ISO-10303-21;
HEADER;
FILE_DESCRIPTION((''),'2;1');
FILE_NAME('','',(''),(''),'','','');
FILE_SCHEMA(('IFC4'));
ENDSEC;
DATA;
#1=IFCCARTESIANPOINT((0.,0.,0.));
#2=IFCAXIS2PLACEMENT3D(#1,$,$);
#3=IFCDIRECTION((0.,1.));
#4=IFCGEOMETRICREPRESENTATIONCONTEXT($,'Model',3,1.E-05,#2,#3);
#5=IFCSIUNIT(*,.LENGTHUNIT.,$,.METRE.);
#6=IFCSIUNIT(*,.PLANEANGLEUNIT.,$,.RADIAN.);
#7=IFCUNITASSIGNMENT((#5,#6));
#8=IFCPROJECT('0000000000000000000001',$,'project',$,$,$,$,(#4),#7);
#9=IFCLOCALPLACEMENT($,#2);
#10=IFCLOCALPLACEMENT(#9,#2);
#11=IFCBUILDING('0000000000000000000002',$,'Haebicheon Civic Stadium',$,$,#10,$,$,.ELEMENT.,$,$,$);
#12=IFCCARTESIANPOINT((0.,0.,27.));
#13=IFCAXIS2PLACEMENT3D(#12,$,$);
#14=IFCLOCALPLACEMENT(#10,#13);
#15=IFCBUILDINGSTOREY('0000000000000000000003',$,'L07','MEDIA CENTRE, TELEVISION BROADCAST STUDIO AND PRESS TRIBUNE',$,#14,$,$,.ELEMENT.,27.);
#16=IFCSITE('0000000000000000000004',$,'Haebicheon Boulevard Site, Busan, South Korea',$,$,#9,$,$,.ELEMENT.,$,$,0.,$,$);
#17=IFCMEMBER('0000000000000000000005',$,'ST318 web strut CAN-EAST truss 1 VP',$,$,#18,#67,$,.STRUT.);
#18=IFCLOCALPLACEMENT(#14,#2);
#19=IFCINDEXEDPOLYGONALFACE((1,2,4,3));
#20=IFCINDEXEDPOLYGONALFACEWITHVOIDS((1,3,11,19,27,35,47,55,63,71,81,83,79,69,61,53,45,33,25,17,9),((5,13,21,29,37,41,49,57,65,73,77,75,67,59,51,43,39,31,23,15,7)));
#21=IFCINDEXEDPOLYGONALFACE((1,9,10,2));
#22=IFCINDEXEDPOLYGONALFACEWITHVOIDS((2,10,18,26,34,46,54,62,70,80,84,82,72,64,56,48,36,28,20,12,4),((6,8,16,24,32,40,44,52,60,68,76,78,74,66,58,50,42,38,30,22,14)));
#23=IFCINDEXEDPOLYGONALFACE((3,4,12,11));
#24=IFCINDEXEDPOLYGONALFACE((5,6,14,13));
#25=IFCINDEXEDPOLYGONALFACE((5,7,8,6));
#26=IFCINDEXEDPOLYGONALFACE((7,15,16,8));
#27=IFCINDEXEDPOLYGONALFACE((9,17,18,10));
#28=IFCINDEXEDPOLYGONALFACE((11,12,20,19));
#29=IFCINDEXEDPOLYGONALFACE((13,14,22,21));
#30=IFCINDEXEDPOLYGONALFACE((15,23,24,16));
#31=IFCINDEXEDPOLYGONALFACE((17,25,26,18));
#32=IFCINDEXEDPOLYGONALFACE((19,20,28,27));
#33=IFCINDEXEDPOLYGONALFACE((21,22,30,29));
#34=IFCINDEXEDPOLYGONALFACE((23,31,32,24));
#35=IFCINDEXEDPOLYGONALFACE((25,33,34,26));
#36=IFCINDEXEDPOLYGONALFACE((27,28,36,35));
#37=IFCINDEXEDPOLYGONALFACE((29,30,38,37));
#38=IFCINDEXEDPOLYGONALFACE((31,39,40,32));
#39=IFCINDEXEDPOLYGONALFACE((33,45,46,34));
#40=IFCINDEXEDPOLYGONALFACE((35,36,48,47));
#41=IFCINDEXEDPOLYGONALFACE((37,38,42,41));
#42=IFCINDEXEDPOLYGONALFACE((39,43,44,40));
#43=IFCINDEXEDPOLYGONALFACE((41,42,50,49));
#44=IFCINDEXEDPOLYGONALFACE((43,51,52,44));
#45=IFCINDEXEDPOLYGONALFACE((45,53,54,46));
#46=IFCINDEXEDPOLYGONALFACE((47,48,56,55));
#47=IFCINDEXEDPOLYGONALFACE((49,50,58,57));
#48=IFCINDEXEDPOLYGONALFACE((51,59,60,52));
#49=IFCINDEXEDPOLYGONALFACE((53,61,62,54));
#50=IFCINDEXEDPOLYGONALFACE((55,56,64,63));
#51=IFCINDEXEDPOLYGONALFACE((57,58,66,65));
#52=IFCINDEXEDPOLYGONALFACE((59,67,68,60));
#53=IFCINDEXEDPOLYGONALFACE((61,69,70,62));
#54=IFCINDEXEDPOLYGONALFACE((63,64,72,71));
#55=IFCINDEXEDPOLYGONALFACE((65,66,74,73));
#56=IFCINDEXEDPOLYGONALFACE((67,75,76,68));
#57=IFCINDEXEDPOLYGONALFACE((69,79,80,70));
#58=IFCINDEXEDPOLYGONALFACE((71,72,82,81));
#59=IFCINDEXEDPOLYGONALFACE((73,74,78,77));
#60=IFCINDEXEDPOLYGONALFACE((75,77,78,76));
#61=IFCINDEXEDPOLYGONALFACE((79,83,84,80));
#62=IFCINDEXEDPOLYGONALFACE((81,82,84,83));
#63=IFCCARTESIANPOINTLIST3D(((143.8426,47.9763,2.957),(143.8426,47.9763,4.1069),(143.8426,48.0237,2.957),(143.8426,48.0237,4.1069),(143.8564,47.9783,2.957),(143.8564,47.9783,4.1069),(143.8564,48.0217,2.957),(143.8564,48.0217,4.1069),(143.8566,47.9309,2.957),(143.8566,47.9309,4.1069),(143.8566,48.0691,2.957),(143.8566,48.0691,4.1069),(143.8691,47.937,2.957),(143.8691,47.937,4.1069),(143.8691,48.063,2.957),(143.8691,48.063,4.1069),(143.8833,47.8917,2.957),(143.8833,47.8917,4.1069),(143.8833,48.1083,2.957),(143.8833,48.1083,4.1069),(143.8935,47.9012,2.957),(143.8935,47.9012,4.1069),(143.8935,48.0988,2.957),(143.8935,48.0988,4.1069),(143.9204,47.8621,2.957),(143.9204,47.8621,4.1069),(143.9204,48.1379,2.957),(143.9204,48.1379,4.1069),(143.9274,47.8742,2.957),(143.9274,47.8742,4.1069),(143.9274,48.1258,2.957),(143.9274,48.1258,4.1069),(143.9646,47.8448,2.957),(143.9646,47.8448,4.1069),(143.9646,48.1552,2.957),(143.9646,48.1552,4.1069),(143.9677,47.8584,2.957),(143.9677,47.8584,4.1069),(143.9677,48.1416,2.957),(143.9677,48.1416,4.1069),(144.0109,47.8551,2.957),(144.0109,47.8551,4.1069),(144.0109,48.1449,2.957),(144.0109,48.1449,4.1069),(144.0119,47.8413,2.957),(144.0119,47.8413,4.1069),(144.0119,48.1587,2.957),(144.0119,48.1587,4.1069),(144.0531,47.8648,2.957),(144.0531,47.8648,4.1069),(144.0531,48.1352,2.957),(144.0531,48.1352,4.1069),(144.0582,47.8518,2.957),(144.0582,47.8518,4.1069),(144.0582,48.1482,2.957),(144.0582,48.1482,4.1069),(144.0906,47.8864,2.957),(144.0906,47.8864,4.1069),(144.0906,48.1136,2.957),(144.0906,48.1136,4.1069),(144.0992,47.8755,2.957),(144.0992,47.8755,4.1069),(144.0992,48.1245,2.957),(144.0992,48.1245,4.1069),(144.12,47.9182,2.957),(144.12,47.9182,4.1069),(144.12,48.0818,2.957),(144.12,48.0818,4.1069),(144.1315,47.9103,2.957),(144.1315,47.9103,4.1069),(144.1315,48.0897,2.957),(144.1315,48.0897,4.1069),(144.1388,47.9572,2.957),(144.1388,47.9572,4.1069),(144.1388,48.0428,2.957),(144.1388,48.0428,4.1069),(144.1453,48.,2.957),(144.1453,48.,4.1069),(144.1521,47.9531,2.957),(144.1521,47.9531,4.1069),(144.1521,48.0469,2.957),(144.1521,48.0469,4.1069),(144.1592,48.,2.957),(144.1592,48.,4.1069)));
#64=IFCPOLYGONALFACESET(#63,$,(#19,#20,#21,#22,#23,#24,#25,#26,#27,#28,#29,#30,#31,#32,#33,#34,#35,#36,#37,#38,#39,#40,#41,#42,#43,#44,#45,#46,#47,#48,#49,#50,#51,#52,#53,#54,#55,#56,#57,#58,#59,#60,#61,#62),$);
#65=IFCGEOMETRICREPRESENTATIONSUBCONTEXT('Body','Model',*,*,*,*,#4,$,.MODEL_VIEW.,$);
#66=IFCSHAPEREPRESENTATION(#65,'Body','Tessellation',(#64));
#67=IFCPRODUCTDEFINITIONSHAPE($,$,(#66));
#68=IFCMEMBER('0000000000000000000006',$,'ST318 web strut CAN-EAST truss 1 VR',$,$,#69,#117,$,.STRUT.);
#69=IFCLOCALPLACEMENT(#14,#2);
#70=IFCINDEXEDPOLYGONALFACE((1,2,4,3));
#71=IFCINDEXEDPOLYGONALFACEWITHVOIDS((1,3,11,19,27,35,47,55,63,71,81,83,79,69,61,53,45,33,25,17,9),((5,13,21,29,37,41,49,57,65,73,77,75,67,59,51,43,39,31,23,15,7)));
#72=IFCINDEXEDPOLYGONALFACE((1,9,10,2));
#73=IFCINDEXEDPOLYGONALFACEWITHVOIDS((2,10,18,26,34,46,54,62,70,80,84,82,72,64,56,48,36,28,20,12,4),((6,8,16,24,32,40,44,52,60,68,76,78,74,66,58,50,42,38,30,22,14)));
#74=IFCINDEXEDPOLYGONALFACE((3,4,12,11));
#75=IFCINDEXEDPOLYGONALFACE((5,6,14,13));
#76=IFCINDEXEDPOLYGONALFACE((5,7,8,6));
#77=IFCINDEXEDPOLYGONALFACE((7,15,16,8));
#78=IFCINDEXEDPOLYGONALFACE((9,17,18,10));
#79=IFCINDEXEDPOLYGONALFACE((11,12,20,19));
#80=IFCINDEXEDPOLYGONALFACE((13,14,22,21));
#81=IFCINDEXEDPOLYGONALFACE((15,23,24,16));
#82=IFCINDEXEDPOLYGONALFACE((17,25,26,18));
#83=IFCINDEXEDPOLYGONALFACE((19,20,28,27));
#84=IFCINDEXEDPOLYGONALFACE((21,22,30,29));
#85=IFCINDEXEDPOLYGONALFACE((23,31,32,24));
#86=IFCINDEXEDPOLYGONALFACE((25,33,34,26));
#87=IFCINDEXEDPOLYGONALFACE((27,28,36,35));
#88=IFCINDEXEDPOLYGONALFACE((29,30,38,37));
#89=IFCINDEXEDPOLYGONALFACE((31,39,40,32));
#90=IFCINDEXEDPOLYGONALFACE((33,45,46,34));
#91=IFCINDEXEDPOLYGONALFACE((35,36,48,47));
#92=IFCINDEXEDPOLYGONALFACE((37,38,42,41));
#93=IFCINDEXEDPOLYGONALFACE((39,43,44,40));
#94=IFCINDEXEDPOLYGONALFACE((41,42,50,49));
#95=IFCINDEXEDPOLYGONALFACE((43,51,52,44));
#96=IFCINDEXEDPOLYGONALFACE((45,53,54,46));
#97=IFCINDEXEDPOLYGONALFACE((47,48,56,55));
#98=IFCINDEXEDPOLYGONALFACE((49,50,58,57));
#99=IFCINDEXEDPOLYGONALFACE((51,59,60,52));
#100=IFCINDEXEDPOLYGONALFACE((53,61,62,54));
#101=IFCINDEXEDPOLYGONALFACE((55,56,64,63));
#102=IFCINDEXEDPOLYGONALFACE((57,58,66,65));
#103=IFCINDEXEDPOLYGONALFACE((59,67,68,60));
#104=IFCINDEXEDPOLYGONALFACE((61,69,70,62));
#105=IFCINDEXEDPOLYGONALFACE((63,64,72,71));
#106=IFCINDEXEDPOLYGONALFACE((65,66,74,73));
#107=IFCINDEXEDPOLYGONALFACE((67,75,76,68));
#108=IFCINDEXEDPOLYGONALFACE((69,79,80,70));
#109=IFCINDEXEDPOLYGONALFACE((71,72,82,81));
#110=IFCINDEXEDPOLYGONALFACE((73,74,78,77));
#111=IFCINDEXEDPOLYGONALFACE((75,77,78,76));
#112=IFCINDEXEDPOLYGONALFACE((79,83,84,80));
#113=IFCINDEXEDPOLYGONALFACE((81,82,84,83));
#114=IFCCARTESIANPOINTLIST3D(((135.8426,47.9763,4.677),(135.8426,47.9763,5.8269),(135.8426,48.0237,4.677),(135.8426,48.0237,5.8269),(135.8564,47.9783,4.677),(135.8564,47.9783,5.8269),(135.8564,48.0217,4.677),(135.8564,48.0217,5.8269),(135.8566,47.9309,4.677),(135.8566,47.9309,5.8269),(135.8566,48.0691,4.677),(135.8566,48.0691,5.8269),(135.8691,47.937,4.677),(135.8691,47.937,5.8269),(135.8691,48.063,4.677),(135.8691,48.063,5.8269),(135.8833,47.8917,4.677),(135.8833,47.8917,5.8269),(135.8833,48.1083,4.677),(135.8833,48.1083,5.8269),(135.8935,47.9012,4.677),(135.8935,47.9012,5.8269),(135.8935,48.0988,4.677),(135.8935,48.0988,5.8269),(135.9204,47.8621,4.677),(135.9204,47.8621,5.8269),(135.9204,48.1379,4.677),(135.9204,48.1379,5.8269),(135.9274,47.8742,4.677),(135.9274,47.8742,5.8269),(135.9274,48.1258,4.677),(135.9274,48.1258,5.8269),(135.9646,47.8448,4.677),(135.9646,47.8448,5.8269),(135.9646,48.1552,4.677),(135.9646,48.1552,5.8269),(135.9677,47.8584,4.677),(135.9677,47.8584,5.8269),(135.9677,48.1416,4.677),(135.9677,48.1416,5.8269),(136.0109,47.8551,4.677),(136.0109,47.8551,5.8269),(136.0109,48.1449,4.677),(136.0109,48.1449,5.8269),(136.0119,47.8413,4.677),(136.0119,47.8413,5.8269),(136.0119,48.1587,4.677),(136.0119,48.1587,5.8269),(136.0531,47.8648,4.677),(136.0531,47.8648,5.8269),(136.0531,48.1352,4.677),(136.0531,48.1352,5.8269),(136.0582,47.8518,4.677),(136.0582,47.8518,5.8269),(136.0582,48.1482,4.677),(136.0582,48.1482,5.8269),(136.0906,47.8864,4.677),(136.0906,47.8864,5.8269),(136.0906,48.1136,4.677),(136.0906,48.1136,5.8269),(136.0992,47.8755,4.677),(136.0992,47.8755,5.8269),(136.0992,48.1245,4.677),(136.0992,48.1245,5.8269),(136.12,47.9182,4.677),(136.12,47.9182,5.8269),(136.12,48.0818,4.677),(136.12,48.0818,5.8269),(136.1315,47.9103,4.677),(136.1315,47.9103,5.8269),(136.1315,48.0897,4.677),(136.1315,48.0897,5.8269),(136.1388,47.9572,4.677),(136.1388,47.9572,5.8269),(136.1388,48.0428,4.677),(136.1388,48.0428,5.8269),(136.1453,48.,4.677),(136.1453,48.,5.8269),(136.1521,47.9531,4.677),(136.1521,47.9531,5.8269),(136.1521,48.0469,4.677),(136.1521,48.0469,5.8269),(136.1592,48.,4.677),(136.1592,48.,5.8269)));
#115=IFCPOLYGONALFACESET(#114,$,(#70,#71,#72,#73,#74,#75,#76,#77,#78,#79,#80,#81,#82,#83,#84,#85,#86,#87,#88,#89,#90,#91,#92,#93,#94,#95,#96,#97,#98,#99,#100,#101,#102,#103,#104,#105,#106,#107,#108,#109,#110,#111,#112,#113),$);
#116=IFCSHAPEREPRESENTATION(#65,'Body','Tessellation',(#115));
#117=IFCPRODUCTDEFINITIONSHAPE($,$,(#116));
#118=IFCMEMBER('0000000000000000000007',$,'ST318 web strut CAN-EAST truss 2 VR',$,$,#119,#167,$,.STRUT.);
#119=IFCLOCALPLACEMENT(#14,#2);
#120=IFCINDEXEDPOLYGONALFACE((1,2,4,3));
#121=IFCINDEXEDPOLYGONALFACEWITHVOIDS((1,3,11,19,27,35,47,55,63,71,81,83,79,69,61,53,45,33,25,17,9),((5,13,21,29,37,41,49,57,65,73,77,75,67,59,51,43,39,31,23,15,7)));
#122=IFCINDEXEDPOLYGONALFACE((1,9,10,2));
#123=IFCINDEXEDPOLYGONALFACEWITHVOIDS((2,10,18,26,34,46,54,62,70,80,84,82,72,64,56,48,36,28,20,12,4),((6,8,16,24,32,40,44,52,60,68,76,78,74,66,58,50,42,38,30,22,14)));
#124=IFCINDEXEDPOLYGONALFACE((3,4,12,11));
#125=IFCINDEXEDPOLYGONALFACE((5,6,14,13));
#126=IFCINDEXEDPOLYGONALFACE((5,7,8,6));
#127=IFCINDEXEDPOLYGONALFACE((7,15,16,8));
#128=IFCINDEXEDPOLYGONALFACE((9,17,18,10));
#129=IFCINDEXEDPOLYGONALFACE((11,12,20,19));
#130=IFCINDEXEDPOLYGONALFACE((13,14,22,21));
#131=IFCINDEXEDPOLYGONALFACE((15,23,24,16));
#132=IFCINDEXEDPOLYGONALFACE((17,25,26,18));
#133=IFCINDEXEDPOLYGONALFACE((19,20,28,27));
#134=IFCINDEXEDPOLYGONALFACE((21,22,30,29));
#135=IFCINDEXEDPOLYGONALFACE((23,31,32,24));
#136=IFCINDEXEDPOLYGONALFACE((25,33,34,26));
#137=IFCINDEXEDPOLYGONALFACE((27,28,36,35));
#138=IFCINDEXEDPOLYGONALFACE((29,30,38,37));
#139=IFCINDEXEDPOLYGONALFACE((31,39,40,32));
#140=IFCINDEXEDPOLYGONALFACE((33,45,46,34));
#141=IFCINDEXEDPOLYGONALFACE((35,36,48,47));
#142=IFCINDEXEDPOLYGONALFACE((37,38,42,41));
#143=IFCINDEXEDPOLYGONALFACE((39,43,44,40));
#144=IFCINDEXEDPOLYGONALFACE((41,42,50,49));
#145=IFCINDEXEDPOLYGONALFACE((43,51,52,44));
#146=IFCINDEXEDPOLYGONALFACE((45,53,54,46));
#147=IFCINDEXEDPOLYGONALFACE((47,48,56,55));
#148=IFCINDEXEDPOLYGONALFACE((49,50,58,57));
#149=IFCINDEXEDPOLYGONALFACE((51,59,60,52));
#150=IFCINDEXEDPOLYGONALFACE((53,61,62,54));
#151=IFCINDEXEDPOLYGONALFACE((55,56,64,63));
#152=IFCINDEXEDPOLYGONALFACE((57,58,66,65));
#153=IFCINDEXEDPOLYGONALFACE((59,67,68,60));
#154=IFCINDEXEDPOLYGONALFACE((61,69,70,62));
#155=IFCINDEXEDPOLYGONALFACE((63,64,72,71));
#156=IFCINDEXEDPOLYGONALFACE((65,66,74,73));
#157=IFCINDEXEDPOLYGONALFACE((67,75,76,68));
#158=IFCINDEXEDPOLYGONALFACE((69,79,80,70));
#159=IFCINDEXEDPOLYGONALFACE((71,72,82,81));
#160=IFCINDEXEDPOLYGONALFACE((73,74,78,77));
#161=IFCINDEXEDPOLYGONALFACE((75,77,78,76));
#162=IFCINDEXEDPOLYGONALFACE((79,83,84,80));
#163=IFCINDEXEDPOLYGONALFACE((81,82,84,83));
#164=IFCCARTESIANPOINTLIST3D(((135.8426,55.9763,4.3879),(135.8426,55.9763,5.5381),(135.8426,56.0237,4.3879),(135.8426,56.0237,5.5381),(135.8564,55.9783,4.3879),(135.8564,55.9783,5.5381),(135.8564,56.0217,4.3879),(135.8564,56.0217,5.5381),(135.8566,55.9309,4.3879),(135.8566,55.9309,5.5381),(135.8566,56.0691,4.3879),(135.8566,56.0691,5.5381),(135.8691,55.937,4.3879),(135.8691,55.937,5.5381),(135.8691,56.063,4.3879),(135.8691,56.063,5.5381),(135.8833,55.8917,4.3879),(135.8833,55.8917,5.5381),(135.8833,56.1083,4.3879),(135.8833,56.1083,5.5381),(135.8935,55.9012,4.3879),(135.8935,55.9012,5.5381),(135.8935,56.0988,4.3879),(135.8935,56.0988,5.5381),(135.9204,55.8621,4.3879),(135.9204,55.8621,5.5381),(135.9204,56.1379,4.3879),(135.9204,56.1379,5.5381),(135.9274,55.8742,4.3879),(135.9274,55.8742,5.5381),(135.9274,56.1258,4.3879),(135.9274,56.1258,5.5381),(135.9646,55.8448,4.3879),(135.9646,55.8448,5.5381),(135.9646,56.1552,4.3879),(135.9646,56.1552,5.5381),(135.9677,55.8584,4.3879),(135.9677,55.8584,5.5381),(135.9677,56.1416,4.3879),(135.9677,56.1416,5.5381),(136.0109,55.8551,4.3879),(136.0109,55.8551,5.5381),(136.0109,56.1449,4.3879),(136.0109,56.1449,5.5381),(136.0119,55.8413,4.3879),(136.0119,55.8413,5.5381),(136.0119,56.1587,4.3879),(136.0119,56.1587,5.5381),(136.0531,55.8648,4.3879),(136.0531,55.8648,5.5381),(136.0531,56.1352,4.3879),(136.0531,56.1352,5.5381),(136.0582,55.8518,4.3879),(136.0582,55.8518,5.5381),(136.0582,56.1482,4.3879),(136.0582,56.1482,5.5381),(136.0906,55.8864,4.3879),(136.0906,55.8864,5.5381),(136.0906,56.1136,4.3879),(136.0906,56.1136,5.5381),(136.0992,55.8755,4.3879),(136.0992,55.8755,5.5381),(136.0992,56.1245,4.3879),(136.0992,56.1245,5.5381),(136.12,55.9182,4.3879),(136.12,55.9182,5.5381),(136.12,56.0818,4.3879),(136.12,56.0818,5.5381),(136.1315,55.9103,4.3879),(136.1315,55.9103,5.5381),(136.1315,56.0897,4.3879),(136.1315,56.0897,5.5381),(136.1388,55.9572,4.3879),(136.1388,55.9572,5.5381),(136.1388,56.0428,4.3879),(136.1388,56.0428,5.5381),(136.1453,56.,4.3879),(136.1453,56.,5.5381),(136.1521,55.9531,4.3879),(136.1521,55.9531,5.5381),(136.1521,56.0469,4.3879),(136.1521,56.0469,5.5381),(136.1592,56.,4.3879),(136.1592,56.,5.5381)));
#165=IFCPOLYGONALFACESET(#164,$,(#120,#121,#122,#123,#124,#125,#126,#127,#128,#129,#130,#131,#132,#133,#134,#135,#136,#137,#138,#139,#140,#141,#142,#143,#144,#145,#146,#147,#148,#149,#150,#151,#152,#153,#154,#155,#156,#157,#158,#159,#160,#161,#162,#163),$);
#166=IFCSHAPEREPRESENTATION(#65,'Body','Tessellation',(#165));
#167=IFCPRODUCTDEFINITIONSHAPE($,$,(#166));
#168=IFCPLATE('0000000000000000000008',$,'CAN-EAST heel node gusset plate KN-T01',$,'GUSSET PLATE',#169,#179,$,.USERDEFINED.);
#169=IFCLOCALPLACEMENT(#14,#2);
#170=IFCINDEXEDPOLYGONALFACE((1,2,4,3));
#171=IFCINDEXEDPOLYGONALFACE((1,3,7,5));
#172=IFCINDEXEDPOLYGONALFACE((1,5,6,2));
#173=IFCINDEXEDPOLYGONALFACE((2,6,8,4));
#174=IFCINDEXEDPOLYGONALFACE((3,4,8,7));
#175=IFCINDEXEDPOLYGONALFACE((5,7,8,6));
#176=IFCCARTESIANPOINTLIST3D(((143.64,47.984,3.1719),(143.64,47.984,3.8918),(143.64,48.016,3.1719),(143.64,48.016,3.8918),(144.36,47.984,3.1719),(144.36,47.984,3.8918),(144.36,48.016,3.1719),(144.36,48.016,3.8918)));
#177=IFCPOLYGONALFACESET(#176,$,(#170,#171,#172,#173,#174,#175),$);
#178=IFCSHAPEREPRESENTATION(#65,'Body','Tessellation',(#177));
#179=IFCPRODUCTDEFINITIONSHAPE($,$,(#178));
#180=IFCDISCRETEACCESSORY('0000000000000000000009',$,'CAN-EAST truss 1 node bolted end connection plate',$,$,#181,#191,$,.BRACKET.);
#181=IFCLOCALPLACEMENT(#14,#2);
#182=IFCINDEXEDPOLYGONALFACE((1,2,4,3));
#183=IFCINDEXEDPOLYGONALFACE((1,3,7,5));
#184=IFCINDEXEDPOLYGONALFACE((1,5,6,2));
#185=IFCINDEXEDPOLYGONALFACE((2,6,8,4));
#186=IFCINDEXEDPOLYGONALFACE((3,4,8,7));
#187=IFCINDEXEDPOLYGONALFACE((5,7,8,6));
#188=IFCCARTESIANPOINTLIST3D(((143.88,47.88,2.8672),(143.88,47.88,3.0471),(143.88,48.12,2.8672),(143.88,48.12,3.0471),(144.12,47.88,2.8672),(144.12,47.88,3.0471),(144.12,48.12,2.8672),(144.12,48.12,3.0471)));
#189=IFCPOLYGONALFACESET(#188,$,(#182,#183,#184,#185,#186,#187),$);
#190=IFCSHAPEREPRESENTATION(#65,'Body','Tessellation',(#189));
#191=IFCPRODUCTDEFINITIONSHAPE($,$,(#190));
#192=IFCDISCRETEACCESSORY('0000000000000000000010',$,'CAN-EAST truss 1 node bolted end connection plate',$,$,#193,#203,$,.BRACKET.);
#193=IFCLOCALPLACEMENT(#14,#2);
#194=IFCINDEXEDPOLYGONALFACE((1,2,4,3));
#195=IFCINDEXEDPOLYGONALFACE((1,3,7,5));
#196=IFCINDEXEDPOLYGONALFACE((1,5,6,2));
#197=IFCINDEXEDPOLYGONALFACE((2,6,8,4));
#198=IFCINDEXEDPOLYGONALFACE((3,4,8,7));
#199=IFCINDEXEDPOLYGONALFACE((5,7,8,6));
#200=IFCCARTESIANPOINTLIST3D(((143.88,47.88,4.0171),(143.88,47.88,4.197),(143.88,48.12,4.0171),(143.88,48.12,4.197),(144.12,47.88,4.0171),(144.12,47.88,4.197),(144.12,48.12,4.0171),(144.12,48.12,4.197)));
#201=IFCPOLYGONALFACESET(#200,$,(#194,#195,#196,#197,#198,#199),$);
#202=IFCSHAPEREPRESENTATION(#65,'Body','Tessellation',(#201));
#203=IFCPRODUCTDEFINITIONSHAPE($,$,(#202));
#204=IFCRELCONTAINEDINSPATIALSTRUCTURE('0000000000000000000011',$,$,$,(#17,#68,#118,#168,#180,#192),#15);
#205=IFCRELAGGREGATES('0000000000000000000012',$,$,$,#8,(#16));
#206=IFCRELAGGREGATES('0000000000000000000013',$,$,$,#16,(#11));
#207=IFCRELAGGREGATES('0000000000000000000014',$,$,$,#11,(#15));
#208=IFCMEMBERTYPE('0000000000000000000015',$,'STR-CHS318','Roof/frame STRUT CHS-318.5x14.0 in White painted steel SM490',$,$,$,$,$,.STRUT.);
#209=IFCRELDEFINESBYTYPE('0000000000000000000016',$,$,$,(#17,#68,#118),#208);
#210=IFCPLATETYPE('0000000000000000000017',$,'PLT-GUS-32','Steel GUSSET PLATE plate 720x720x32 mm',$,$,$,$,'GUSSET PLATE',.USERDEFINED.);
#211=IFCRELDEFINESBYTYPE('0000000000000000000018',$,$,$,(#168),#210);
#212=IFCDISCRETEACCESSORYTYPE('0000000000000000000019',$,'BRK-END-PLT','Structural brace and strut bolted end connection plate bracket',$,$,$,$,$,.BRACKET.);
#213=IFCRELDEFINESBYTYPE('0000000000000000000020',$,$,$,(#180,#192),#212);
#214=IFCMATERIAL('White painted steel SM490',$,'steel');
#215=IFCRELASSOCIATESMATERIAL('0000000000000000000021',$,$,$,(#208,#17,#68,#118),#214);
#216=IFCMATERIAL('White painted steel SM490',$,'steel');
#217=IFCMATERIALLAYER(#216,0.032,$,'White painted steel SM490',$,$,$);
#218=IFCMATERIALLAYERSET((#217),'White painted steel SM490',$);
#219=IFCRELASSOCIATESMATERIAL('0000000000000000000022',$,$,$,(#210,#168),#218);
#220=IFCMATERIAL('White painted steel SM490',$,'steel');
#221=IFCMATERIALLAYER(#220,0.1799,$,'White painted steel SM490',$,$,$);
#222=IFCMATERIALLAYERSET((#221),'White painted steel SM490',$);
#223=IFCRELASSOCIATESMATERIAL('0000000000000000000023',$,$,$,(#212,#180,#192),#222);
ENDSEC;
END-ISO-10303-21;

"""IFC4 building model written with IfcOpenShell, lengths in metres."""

from ifc_helpers import new_model, si_unit, direction, frame, origin, origin_2d, place, context, subcontext, project, spatial, rectangle, hollow_circle, extrude, material, layer, layer_set, material_profile, profile_set, type_object, element, save


model = new_model("IFC4")

# Units and contexts
model_context = context("Model", 3, precision=1e-05, world=origin(), true_north=direction((0.0, 1.0)))
body_context = subcontext(model_context, "Body", "Model", "MODEL_VIEW")
ifc_project = project(units=[si_unit("LENGTHUNIT", "METRE"), si_unit("PLANEANGLEUNIT", "RADIAN")], contexts=[model_context])

# Site, building, storey
site_placement = place(None, origin())
site = spatial("IfcSite", under=ifc_project, at=site_placement, Name="Haebicheon Boulevard Site, Busan, South Korea", CompositionType="ELEMENT", RefElevation=0.0)
building_placement = place(site_placement, origin())
building = spatial("IfcBuilding", under=site, at=building_placement, Name="Haebicheon Civic Stadium", CompositionType="ELEMENT")
storey_placement = place(building_placement, frame((0.0, 0.0, 27.0)))
storey = spatial("IfcBuildingStorey", under=building, at=storey_placement, Name="L07", Description="MEDIA CENTRE, TELEVISION BROADCAST STUDIO AND PRESS TRIBUNE", CompositionType="ELEMENT", Elevation=27.0)

# Members
ifc_material_1 = material(Name="White painted steel SM490", Category="steel")
ifc_material_profile_1 = material_profile(ifc_material_1, hollow_circle(Radius=0.1592, WallThickness=0.0139, at=origin_2d()), Name="CHS-318.5x14.0")
ifc_profile_set_1 = profile_set([ifc_material_profile_1], Name="White painted steel SM490")
member_type_1 = type_object("IfcMemberType", Name="STR-CHS318", Description="Roof/frame STRUT CHS-318.5x14.0 in White painted steel SM490", PredefinedType="STRUT", material=ifc_profile_set_1)
for number, where, z_axis, x_axis, name in (
    (1, (144.0, 48.0, 2.957), (0.0, 0.0, 1.0), (1.0, 0.0, 0.0), "ST318 web strut CAN-EAST truss 1 VP"),
    (2, (136.0, 48.0, 4.677), (0.0, 0.0, 1.0), (1.0, 0.0, 0.0), "ST318 web strut CAN-EAST truss 1 VR"),
):
    element("IfcMember", number, at=place(storey_placement, frame(where, z_axis=z_axis, x_axis=x_axis)), inside=storey, type_object=member_type_1, material=ifc_profile_set_1, Name=name, PredefinedType="STRUT", context=body_context, shape_type="SweptSolid", body=[
        extrude(hollow_circle(Radius=0.1592, WallThickness=0.0139, at=origin_2d()), origin(), (0.0, 0.0, 1.0), 1.1499),
    ])
member_1_placement = place(storey_placement, frame((136.0, 56.0, 4.3879), z_axis=(0.0, 0.0, 1.0), x_axis=(1.0, 0.0, 0.0)))
element("IfcMember", 3, at=member_1_placement, inside=storey, type_object=member_type_1, material=ifc_profile_set_1, Name="ST318 web strut CAN-EAST truss 2 VR", PredefinedType="STRUT", context=body_context, shape_type="SweptSolid", body=[
    extrude(hollow_circle(Radius=0.1592, WallThickness=0.0139, at=origin_2d()), origin(), (0.0, 0.0, 1.0), 1.1501),
])

# Plate
ifc_material_2 = material(Name="White painted steel SM490", Category="steel")
ifc_layer_1 = layer(ifc_material_2, 0.032, Name="White painted steel SM490")
ifc_layer_set_1 = layer_set([ifc_layer_1], Name="White painted steel SM490")
plate_type = type_object("IfcPlateType", Name="PLT-GUS-32", Description="Steel GUSSET PLATE plate 720x720x32 mm", ElementType="GUSSET PLATE", PredefinedType="USERDEFINED", material=ifc_layer_set_1)
plate_placement = place(storey_placement, frame((144.0, 48.0, 3.1719), z_axis=(0.0, 0.0, 1.0), x_axis=(1.0, 0.0, 0.0)))
element("IfcPlate", 4, at=plate_placement, inside=storey, type_object=plate_type, material=ifc_layer_set_1, Name="CAN-EAST heel node gusset plate KN-T01", ObjectType="GUSSET PLATE", PredefinedType="USERDEFINED", context=body_context, shape_type="SweptSolid", body=[
    extrude(rectangle(XDim=0.72, YDim=0.032, at=origin_2d()), origin(), (0.0, 0.0, 1.0), 0.72),
])

# Discrete accessories
ifc_material_3 = material(Name="White painted steel SM490", Category="steel")
ifc_layer_2 = layer(ifc_material_3, 0.1799, Name="White painted steel SM490")
ifc_layer_set_2 = layer_set([ifc_layer_2], Name="White painted steel SM490")
discrete_accessory_type = type_object("IfcDiscreteAccessoryType", Name="BRK-END-PLT", Description="Structural brace and strut bolted end connection plate bracket", PredefinedType="BRACKET", material=ifc_layer_set_2)
for number, where, z_axis, x_axis, name in (
    (5, (144.0, 48.0, 2.8672), (0.0, 0.0, 1.0), (1.0, 0.0, 0.0), "CAN-EAST truss 1 node bolted end connection plate"),
    (6, (144.0, 48.0, 4.0171), (0.0, 0.0, 1.0), (1.0, 0.0, 0.0), "CAN-EAST truss 1 node bolted end connection plate"),
):
    element("IfcDiscreteAccessory", number, at=place(storey_placement, frame(where, z_axis=z_axis, x_axis=x_axis)), inside=storey, type_object=discrete_accessory_type, material=ifc_layer_set_2, Name=name, PredefinedType="BRACKET", context=body_context, shape_type="SweptSolid", body=[
        extrude(rectangle(XDim=0.24, YDim=0.24, at=origin_2d()), origin(), (0.0, 0.0, 1.0), 0.1799),
    ])

save(model, "model.ifc")
